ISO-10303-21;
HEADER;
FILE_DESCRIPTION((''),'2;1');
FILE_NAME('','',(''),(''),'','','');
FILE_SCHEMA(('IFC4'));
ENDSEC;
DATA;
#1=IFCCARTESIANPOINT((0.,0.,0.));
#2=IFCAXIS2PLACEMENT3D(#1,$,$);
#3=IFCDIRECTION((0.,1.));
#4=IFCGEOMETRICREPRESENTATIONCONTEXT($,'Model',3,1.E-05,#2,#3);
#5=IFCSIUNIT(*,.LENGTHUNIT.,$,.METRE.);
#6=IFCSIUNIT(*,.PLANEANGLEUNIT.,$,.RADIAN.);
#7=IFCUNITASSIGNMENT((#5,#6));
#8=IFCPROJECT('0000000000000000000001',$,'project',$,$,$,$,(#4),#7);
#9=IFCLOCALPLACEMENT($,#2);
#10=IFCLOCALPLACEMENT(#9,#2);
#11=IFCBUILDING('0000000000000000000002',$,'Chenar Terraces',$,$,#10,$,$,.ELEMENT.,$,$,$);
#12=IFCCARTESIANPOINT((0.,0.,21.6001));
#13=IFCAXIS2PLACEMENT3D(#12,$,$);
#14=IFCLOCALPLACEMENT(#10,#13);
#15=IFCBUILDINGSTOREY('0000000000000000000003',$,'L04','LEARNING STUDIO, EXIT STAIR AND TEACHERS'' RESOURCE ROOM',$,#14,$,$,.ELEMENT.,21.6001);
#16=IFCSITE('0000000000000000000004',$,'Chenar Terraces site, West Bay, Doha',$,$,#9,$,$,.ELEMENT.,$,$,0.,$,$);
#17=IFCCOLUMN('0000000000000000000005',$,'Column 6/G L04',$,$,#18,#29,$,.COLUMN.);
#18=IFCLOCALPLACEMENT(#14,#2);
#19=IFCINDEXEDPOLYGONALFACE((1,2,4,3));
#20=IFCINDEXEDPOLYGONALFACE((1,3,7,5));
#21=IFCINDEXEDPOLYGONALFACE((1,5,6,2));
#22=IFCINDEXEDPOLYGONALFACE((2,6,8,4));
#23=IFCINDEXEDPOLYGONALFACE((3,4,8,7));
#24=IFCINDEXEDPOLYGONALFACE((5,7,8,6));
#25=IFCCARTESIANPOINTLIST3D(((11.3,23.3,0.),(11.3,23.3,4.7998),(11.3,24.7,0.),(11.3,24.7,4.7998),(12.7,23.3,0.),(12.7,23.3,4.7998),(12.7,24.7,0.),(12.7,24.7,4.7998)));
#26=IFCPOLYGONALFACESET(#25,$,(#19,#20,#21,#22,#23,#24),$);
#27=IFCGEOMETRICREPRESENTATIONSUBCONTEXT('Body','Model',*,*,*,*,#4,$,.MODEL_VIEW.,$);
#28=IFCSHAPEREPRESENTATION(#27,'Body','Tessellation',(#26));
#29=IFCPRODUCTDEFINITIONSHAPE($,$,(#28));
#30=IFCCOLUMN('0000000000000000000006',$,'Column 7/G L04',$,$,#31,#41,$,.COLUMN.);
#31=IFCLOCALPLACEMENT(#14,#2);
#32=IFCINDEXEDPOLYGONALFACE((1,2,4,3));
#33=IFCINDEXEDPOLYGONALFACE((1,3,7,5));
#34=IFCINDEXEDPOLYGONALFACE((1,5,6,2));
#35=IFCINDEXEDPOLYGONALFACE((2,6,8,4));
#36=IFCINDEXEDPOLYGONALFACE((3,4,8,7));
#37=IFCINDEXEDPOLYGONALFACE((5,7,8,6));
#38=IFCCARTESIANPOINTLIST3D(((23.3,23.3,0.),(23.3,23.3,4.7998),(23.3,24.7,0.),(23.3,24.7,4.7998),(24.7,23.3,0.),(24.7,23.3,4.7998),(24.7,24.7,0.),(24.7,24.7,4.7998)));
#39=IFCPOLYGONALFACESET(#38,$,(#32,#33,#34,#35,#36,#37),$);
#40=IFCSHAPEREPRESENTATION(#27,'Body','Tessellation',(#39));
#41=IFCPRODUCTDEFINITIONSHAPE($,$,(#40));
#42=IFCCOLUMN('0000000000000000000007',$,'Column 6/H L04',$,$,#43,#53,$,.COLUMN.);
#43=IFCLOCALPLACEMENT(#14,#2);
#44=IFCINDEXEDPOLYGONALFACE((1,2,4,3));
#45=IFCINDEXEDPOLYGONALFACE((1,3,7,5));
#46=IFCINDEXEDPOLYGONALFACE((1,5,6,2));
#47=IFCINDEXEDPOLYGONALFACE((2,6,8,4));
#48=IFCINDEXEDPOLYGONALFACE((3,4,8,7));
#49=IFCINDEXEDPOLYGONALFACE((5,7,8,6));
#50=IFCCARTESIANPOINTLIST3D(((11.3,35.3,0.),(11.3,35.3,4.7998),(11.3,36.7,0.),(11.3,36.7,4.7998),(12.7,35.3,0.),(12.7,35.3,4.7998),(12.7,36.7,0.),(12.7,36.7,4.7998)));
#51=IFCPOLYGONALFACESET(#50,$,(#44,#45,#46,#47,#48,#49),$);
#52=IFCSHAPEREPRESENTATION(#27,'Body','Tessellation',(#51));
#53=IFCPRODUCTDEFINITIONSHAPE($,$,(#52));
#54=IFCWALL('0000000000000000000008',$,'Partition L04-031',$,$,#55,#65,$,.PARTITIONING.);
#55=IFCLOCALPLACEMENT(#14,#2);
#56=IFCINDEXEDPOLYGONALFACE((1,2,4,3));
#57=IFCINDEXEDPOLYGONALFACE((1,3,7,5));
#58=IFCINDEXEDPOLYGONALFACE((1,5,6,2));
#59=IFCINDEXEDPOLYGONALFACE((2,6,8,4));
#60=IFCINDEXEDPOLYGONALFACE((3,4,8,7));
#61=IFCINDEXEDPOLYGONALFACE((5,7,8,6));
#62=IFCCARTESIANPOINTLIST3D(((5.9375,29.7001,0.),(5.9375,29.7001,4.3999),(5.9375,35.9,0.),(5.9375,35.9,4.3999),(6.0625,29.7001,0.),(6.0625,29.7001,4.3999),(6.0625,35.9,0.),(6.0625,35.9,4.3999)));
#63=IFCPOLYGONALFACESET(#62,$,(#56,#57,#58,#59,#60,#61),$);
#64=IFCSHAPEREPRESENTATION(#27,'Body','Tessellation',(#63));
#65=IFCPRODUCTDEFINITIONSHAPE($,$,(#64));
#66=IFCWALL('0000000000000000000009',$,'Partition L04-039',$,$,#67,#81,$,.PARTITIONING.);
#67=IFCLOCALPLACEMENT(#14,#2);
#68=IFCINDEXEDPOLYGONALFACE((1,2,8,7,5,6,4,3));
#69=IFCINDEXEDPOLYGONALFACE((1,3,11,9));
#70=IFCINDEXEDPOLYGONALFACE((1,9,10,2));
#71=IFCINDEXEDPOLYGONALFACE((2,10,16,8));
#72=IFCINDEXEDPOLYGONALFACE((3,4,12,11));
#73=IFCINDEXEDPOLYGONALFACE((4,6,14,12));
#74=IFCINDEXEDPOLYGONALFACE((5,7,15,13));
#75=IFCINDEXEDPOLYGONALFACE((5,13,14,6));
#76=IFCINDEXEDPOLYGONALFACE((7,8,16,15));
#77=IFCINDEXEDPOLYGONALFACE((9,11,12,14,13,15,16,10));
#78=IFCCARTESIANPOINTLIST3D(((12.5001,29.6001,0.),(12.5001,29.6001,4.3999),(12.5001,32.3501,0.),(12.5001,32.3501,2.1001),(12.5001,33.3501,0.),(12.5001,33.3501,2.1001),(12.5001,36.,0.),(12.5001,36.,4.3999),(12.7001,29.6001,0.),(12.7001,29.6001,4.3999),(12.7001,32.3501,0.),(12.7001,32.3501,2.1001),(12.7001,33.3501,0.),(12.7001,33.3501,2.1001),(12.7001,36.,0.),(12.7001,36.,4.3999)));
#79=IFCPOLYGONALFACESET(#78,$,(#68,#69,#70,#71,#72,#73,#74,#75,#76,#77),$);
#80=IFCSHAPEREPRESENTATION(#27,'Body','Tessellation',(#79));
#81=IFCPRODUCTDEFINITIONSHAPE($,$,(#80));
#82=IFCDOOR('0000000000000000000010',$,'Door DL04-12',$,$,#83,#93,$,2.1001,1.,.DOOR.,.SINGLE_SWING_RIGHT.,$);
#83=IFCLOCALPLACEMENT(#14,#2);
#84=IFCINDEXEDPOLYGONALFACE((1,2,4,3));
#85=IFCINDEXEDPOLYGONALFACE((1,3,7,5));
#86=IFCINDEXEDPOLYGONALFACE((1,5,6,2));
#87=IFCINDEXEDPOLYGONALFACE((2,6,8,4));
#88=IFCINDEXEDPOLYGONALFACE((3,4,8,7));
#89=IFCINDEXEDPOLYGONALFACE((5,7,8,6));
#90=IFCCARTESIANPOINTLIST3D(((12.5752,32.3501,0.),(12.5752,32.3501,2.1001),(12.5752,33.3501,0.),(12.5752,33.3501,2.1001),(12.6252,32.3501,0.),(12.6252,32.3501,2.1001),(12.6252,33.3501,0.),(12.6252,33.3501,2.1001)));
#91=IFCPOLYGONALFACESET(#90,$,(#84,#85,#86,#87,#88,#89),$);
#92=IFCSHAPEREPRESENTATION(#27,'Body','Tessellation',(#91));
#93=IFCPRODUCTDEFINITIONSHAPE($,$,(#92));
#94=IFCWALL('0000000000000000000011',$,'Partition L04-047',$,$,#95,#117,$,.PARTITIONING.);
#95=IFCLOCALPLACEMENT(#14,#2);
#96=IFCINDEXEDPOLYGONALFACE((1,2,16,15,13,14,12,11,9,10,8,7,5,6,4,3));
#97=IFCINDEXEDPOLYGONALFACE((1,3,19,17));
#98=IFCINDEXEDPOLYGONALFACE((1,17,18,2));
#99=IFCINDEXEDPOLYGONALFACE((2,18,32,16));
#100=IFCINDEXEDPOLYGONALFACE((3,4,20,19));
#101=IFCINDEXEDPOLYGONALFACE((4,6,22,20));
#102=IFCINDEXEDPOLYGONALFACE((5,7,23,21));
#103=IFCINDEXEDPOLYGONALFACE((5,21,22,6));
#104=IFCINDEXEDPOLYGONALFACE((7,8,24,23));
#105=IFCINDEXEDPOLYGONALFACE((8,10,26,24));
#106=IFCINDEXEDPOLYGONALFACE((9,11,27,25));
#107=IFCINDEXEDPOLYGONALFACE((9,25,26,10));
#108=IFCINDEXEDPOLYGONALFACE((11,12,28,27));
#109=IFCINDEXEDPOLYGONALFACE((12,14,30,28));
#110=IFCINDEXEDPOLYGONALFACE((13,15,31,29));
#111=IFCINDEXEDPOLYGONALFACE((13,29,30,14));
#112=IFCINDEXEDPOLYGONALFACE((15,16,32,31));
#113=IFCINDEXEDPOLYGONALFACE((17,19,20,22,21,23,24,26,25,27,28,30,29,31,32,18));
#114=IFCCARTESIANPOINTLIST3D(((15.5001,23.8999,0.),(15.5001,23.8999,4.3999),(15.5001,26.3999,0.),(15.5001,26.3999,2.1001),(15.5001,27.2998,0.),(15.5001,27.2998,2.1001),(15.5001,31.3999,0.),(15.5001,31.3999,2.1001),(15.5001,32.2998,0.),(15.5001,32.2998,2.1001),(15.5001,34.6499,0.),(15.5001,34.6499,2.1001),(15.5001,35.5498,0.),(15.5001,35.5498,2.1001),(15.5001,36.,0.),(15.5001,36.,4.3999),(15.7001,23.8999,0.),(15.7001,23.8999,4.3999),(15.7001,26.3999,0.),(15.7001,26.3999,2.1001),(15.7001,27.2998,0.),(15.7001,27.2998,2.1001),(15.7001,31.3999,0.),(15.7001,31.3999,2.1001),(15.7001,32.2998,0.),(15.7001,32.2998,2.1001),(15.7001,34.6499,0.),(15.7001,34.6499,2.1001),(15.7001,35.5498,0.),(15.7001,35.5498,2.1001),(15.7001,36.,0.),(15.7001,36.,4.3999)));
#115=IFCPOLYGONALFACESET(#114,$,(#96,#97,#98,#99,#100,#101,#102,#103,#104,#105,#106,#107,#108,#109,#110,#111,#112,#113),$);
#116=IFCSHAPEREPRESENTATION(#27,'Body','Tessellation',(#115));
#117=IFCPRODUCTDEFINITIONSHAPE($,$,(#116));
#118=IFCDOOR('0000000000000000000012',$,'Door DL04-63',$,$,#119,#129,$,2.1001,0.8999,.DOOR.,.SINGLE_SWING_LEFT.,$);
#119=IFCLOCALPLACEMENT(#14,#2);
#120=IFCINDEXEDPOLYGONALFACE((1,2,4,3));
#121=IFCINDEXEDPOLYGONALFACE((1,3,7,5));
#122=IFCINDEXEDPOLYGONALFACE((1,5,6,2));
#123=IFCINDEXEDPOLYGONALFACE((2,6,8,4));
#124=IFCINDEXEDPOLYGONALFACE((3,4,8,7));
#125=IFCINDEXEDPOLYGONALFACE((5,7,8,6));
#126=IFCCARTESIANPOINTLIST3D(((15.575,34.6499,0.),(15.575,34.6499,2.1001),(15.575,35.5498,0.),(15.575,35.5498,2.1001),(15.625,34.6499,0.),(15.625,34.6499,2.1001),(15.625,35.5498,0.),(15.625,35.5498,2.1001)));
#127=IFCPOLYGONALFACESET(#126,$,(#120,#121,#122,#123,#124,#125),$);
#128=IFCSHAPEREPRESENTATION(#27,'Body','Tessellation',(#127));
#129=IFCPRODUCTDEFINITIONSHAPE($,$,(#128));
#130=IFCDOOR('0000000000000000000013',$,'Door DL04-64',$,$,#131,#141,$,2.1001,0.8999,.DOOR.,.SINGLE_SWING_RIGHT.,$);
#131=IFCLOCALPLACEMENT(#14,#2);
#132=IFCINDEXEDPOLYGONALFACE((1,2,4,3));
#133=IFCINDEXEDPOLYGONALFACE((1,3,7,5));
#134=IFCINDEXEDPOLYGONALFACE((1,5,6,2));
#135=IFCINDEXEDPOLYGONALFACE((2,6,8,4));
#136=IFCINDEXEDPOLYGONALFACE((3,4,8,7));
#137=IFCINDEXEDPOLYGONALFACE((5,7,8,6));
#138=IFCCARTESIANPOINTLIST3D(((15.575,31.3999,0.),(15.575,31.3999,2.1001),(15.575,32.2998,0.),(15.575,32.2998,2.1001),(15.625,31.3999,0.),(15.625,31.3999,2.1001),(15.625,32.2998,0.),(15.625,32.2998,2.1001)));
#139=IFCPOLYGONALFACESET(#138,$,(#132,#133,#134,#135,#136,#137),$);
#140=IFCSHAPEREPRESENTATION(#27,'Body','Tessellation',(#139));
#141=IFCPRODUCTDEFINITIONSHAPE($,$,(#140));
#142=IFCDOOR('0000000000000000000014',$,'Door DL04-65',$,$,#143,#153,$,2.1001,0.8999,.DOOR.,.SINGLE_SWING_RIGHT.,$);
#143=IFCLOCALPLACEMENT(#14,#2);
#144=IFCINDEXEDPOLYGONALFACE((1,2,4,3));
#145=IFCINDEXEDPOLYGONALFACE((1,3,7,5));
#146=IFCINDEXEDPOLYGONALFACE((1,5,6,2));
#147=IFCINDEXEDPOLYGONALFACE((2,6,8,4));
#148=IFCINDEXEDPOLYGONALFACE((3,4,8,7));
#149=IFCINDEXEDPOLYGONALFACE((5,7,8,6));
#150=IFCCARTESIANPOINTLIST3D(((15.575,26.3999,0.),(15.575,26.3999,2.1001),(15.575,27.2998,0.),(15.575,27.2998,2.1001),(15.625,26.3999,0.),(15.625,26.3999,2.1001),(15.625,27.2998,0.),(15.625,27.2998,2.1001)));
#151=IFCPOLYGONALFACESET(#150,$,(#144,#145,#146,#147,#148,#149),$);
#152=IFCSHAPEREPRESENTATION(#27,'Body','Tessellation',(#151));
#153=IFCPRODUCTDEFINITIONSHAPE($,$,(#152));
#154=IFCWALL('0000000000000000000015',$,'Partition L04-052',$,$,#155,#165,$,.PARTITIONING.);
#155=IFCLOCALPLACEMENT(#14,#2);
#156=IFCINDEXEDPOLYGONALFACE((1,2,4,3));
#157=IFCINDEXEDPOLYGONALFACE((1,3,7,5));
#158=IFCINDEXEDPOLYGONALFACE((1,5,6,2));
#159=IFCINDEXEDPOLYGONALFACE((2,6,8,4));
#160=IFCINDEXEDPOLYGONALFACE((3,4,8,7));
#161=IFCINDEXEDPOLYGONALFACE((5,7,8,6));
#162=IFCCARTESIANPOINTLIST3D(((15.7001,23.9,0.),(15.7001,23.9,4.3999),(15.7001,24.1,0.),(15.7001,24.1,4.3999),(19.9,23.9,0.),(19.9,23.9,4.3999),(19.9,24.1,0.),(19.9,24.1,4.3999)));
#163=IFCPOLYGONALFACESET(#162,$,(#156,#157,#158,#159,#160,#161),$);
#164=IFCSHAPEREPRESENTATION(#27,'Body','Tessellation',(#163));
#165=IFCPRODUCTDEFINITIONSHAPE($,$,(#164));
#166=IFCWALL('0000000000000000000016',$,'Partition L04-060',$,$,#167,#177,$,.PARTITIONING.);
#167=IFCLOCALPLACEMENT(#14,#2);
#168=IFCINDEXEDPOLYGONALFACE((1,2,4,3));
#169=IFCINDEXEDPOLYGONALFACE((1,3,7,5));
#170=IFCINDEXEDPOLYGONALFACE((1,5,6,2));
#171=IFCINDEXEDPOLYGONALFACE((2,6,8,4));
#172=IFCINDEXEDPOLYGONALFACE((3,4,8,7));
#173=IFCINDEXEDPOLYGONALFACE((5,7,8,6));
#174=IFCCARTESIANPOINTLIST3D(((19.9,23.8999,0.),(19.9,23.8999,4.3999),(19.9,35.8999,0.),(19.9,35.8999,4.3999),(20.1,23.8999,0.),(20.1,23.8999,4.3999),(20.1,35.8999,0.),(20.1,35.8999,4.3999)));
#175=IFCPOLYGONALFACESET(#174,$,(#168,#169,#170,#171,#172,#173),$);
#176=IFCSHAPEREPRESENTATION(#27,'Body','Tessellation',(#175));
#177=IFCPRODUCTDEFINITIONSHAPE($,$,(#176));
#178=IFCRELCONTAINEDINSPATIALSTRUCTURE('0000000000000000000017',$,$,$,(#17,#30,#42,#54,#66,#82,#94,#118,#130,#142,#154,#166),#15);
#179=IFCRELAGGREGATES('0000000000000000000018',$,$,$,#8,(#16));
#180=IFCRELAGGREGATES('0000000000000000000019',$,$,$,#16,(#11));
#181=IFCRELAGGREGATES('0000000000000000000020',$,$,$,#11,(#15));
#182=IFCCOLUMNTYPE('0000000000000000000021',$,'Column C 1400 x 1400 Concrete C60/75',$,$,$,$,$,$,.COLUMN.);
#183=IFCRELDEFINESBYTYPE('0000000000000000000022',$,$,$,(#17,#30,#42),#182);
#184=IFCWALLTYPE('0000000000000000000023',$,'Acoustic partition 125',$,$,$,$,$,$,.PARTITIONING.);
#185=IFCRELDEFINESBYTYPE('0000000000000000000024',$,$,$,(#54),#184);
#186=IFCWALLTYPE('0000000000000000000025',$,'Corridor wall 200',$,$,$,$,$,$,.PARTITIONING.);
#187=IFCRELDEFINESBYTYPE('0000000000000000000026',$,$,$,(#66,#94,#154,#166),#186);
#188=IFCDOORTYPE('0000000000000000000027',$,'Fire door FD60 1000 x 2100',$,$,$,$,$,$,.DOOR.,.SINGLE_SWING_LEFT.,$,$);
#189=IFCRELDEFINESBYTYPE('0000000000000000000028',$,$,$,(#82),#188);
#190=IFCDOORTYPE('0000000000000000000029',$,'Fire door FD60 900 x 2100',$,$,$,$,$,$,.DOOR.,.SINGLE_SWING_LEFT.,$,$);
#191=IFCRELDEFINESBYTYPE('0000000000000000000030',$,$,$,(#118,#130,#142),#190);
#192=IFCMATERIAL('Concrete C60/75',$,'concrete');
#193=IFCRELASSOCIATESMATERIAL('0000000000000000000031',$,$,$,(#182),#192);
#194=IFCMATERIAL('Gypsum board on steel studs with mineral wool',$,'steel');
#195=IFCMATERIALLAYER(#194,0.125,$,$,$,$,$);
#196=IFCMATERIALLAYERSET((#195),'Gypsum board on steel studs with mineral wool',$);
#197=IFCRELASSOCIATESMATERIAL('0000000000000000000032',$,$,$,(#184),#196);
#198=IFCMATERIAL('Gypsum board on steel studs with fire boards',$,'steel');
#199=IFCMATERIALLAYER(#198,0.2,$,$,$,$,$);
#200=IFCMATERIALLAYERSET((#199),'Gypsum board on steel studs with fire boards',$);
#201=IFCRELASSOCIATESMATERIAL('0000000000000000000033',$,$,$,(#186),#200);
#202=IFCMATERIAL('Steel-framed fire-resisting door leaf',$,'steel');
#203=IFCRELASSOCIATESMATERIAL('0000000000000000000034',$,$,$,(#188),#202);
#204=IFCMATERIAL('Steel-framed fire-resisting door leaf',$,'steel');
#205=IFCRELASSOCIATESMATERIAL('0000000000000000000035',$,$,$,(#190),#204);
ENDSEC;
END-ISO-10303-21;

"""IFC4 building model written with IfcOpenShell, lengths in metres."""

from ifc_helpers import new_model, si_unit, direction, frame, frame_2d, origin, origin_2d, place, context, subcontext, project, spatial, rectangle, extrude, material, layer, layer_set, material_profile, profile_set, type_object, element, fill, save


model = new_model("IFC4")

# Units and contexts
model_context = context("Model", 3, precision=1e-05, world=origin(), true_north=direction((0.0, 1.0)))
body_context = subcontext(model_context, "Body", "Model", "MODEL_VIEW")
ifc_project = project(units=[si_unit("LENGTHUNIT", "METRE"), si_unit("PLANEANGLEUNIT", "RADIAN")], contexts=[model_context])

# Site, building, storey
site_placement = place(None, origin())
site = spatial("IfcSite", under=ifc_project, at=site_placement, Name="Chenar Terraces site, West Bay, Doha", CompositionType="ELEMENT", RefElevation=0.0)
building_placement = place(site_placement, origin())
building = spatial("IfcBuilding", under=site, at=building_placement, Name="Chenar Terraces", CompositionType="ELEMENT")
storey_placement = place(building_placement, frame((0.0, 0.0, 21.6001)))
storey = spatial("IfcBuildingStorey", under=building, at=storey_placement, Name="L04", Description="LEARNING STUDIO, EXIT STAIR AND TEACHERS' RESOURCE ROOM", CompositionType="ELEMENT", Elevation=21.6001)

# Columns
ifc_material_1 = material(Name="Concrete C60/75", Category="concrete")
ifc_material_profile = material_profile(ifc_material_1, rectangle(XDim=1.3999, YDim=1.3999, at=origin_2d()), Name="C 1400 x 1400")
ifc_profile_set = profile_set([ifc_material_profile], Name="Concrete C60/75")
column_type = type_object("IfcColumnType", Name="Column C 1400 x 1400 Concrete C60/75", PredefinedType="COLUMN", material=ifc_profile_set)
for number, where, z_axis, x_axis, name in (
    (1, (12.0, 24.0, 0.0), (0.0, 0.0, 1.0), (1.0, 0.0, 0.0), "Column 6/G L04"),
    (2, (24.0, 24.0, 0.0), (0.0, 0.0, 1.0), (1.0, 0.0, 0.0), "Column 7/G L04"),
    (3, (12.0, 36.0, 0.0), (0.0, 0.0, 1.0), (1.0, 0.0, 0.0), "Column 6/H L04"),
):
    element("IfcColumn", number, at=place(storey_placement, frame(where, z_axis=z_axis, x_axis=x_axis)), inside=storey, type_object=column_type, Name=name, PredefinedType="COLUMN", context=body_context, shape_type="SweptSolid", body=[
        extrude(rectangle(XDim=1.3999, YDim=1.3999, at=origin_2d()), origin(), (0.0, 0.0, 1.0), 4.7998),
    ])

# Wall
ifc_material_2 = material(Name="Gypsum board on steel studs with mineral wool", Category="steel")
ifc_layer_1 = layer(ifc_material_2, 0.125)
ifc_layer_set_1 = layer_set([ifc_layer_1], Name="Gypsum board on steel studs with mineral wool")
wall_type_1 = type_object("IfcWallType", Name="Acoustic partition 125", PredefinedType="PARTITIONING", material=ifc_layer_set_1)
wall_1_placement = place(storey_placement, frame((6.0, 29.7, 0.0), z_axis=(0.0, 0.0, 1.0), x_axis=(0.0, 1.0, 0.0)))
element("IfcWall", 4, at=wall_1_placement, inside=storey, type_object=wall_type_1, Name="Partition L04-031", PredefinedType="PARTITIONING", context=body_context, shape_type="SweptSolid", body=[
    extrude(rectangle(XDim=6.2, YDim=0.125, at=frame_2d((3.1001, 0.0))), origin(), (0.0, 0.0, 1.0), 4.3999),
])

# Wall, opening, door
ifc_material_3 = material(Name="Gypsum board on steel studs with fire boards", Category="steel")
ifc_layer_2 = layer(ifc_material_3, 0.2)
ifc_layer_set_2 = layer_set([ifc_layer_2], Name="Gypsum board on steel studs with fire boards")
wall_type_2 = type_object("IfcWallType", Name="Corridor wall 200", PredefinedType="PARTITIONING", material=ifc_layer_set_2)
wall_2_placement = place(storey_placement, frame((12.6001, 29.6001, 0.0), z_axis=(0.0, 0.0, 1.0), x_axis=(0.0, 1.0, 0.0)))
wall_2 = element("IfcWall", 5, at=wall_2_placement, inside=storey, type_object=wall_type_2, Name="Partition L04-039", PredefinedType="PARTITIONING", context=body_context, shape_type="SweptSolid", body=[
    extrude(rectangle(XDim=6.3999, YDim=0.2, at=frame_2d((3.2, 0.0))), origin(), (0.0, 0.0, 1.0), 4.3999),
])
opening_1_placement = place(wall_2_placement, frame((2.75, 0.0, 0.0)))
opening_1 = element("IfcOpeningElement", 6, at=opening_1_placement, cuts=wall_2, PredefinedType="OPENING", context=body_context, shape_type="SweptSolid", body=[
    extrude(rectangle(XDim=1.0, YDim=2.1001, at=frame_2d((0.5, 1.05))), frame((0.0, 0.1099, 0.0), z_axis=(0.0, -1.0, 0.0), x_axis=(1.0, 0.0, 0.0)), (0.0, 0.0, 1.0), 0.22),
])
ifc_material_4 = material(Name="Steel-framed fire-resisting door leaf", Category="steel")
door_type_1 = type_object("IfcDoorType", Name="Fire door FD60 1000 x 2100", OperationType="SINGLE_SWING_LEFT", PredefinedType="DOOR", material=ifc_material_4)
door_1_placement = place(opening_1_placement, origin())
door_1 = element("IfcDoor", 7, at=door_1_placement, inside=storey, type_object=door_type_1, Name="Door DL04-12", OperationType="SINGLE_SWING_RIGHT", OverallHeight=2.1001, OverallWidth=1.0, PredefinedType="DOOR", context=body_context, shape_type="SweptSolid", body=[
    extrude(rectangle(XDim=1.0, YDim=2.1001, at=frame_2d((0.5, 1.05))), frame((0.0, 0.0249, 0.0), z_axis=(0.0, -1.0, 0.0), x_axis=(1.0, 0.0, 0.0)), (0.0, 0.0, 1.0), 0.05),
])
fill(opening_1, door_1)

# Wall, openings, doors
wall_3_placement = place(storey_placement, frame((15.6001, 23.8999, 0.0), z_axis=(0.0, 0.0, 1.0), x_axis=(0.0, 1.0, 0.0)))
wall_3 = element("IfcWall", 8, at=wall_3_placement, inside=storey, type_object=wall_type_2, Name="Partition L04-047", PredefinedType="PARTITIONING", context=body_context, shape_type="SweptSolid", body=[
    extrude(rectangle(XDim=12.1001, YDim=0.2, at=frame_2d((6.05, 0.0))), origin(), (0.0, 0.0, 1.0), 4.3999),
])
opening_2_placement = place(wall_3_placement, frame((10.75, 0.0, 0.0)))
opening_2 = element("IfcOpeningElement", 9, at=opening_2_placement, cuts=wall_3, PredefinedType="OPENING", context=body_context, shape_type="SweptSolid", body=[
    extrude(rectangle(XDim=0.8999, YDim=2.1001, at=frame_2d((0.45, 1.05))), frame((0.0, 0.1099, 0.0), z_axis=(0.0, -1.0, 0.0), x_axis=(1.0, 0.0, 0.0)), (0.0, 0.0, 1.0), 0.22),
])
opening_3_placement = place(wall_3_placement, frame((7.5, 0.0, 0.0)))
opening_3 = element("IfcOpeningElement", 10, at=opening_3_placement, cuts=wall_3, PredefinedType="OPENING", context=body_context, shape_type="SweptSolid", body=[
    extrude(rectangle(XDim=0.8999, YDim=2.1001, at=frame_2d((0.45, 1.05))), frame((0.0, 0.1099, 0.0), z_axis=(0.0, -1.0, 0.0), x_axis=(1.0, 0.0, 0.0)), (0.0, 0.0, 1.0), 0.22),
])
opening_4_placement = place(wall_3_placement, frame((2.5, 0.0, 0.0)))
opening_4 = element("IfcOpeningElement", 11, at=opening_4_placement, cuts=wall_3, PredefinedType="OPENING", context=body_context, shape_type="SweptSolid", body=[
    extrude(rectangle(XDim=0.8999, YDim=2.1001, at=frame_2d((0.45, 1.05))), frame((0.0, 0.1099, 0.0), z_axis=(0.0, -1.0, 0.0), x_axis=(1.0, 0.0, 0.0)), (0.0, 0.0, 1.0), 0.22),
])
ifc_material_5 = material(Name="Steel-framed fire-resisting door leaf", Category="steel")
door_type_2 = type_object("IfcDoorType", Name="Fire door FD60 900 x 2100", OperationType="SINGLE_SWING_LEFT", PredefinedType="DOOR", material=ifc_material_5)
door_2_placement = place(opening_2_placement, frame((0.8999, 0.0, 0.0), z_axis=(0.0, 0.0, 1.0), x_axis=(-1.0, 0.0, 0.0)))
door_2 = element("IfcDoor", 12, at=door_2_placement, inside=storey, type_object=door_type_2, Name="Door DL04-63", OperationType="SINGLE_SWING_LEFT", OverallHeight=2.1001, OverallWidth=0.8999, PredefinedType="DOOR", context=body_context, shape_type="SweptSolid", body=[
    extrude(rectangle(XDim=0.8999, YDim=2.1001, at=frame_2d((0.45, 1.05))), frame((0.0, 0.0249, 0.0), z_axis=(0.0, -1.0, 0.0), x_axis=(1.0, 0.0, 0.0)), (0.0, 0.0, 1.0), 0.05),
])
fill(opening_2, door_2)
door_3_placement = place(opening_3_placement, frame((0.8999, 0.0, 0.0), z_axis=(0.0, 0.0, 1.0), x_axis=(-1.0, 0.0, 0.0)))
door_3 = element("IfcDoor", 13, at=door_3_placement, inside=storey, type_object=door_type_2, Name="Door DL04-64", OperationType="SINGLE_SWING_RIGHT", OverallHeight=2.1001, OverallWidth=0.8999, PredefinedType="DOOR", context=body_context, shape_type="SweptSolid", body=[
    extrude(rectangle(XDim=0.8999, YDim=2.1001, at=frame_2d((0.45, 1.05))), frame((0.0, 0.0249, 0.0), z_axis=(0.0, -1.0, 0.0), x_axis=(1.0, 0.0, 0.0)), (0.0, 0.0, 1.0), 0.05),
])
fill(opening_3, door_3)
door_4_placement = place(opening_4_placement, frame((0.8999, 0.0, 0.0), z_axis=(0.0, 0.0, 1.0), x_axis=(-1.0, 0.0, 0.0)))
door_4 = element("IfcDoor", 14, at=door_4_placement, inside=storey, type_object=door_type_2, Name="Door DL04-65", OperationType="SINGLE_SWING_RIGHT", OverallHeight=2.1001, OverallWidth=0.8999, PredefinedType="DOOR", context=body_context, shape_type="SweptSolid", body=[
    extrude(rectangle(XDim=0.8999, YDim=2.1001, at=frame_2d((0.45, 1.05))), frame((0.0, 0.0249, 0.0), z_axis=(0.0, -1.0, 0.0), x_axis=(1.0, 0.0, 0.0)), (0.0, 0.0, 1.0), 0.05),
])
fill(opening_4, door_4)

# Walls
wall_4_placement = place(storey_placement, frame((15.7, 24.0, 0.0), z_axis=(0.0, 0.0, 1.0), x_axis=(1.0, 0.0, 0.0)))
element("IfcWall", 15, at=wall_4_placement, inside=storey, type_object=wall_type_2, Name="Partition L04-052", PredefinedType="PARTITIONING", context=body_context, shape_type="SweptSolid", body=[
    extrude(rectangle(XDim=4.2, YDim=0.2, at=frame_2d((2.1001, 0.0))), origin(), (0.0, 0.0, 1.0), 4.3999),
])
wall_5_placement = place(storey_placement, frame((20.0, 23.8999, 0.0), z_axis=(0.0, 0.0, 1.0), x_axis=(0.0, 1.0, 0.0)))
element("IfcWall", 16, at=wall_5_placement, inside=storey, type_object=wall_type_2, Name="Partition L04-060", PredefinedType="PARTITIONING", context=body_context, shape_type="SweptSolid", body=[
    extrude(rectangle(XDim=12.0, YDim=0.2, at=frame_2d((6.0, 0.0))), origin(), (0.0, 0.0, 1.0), 4.3999),
])

save(model, "model.ifc")
